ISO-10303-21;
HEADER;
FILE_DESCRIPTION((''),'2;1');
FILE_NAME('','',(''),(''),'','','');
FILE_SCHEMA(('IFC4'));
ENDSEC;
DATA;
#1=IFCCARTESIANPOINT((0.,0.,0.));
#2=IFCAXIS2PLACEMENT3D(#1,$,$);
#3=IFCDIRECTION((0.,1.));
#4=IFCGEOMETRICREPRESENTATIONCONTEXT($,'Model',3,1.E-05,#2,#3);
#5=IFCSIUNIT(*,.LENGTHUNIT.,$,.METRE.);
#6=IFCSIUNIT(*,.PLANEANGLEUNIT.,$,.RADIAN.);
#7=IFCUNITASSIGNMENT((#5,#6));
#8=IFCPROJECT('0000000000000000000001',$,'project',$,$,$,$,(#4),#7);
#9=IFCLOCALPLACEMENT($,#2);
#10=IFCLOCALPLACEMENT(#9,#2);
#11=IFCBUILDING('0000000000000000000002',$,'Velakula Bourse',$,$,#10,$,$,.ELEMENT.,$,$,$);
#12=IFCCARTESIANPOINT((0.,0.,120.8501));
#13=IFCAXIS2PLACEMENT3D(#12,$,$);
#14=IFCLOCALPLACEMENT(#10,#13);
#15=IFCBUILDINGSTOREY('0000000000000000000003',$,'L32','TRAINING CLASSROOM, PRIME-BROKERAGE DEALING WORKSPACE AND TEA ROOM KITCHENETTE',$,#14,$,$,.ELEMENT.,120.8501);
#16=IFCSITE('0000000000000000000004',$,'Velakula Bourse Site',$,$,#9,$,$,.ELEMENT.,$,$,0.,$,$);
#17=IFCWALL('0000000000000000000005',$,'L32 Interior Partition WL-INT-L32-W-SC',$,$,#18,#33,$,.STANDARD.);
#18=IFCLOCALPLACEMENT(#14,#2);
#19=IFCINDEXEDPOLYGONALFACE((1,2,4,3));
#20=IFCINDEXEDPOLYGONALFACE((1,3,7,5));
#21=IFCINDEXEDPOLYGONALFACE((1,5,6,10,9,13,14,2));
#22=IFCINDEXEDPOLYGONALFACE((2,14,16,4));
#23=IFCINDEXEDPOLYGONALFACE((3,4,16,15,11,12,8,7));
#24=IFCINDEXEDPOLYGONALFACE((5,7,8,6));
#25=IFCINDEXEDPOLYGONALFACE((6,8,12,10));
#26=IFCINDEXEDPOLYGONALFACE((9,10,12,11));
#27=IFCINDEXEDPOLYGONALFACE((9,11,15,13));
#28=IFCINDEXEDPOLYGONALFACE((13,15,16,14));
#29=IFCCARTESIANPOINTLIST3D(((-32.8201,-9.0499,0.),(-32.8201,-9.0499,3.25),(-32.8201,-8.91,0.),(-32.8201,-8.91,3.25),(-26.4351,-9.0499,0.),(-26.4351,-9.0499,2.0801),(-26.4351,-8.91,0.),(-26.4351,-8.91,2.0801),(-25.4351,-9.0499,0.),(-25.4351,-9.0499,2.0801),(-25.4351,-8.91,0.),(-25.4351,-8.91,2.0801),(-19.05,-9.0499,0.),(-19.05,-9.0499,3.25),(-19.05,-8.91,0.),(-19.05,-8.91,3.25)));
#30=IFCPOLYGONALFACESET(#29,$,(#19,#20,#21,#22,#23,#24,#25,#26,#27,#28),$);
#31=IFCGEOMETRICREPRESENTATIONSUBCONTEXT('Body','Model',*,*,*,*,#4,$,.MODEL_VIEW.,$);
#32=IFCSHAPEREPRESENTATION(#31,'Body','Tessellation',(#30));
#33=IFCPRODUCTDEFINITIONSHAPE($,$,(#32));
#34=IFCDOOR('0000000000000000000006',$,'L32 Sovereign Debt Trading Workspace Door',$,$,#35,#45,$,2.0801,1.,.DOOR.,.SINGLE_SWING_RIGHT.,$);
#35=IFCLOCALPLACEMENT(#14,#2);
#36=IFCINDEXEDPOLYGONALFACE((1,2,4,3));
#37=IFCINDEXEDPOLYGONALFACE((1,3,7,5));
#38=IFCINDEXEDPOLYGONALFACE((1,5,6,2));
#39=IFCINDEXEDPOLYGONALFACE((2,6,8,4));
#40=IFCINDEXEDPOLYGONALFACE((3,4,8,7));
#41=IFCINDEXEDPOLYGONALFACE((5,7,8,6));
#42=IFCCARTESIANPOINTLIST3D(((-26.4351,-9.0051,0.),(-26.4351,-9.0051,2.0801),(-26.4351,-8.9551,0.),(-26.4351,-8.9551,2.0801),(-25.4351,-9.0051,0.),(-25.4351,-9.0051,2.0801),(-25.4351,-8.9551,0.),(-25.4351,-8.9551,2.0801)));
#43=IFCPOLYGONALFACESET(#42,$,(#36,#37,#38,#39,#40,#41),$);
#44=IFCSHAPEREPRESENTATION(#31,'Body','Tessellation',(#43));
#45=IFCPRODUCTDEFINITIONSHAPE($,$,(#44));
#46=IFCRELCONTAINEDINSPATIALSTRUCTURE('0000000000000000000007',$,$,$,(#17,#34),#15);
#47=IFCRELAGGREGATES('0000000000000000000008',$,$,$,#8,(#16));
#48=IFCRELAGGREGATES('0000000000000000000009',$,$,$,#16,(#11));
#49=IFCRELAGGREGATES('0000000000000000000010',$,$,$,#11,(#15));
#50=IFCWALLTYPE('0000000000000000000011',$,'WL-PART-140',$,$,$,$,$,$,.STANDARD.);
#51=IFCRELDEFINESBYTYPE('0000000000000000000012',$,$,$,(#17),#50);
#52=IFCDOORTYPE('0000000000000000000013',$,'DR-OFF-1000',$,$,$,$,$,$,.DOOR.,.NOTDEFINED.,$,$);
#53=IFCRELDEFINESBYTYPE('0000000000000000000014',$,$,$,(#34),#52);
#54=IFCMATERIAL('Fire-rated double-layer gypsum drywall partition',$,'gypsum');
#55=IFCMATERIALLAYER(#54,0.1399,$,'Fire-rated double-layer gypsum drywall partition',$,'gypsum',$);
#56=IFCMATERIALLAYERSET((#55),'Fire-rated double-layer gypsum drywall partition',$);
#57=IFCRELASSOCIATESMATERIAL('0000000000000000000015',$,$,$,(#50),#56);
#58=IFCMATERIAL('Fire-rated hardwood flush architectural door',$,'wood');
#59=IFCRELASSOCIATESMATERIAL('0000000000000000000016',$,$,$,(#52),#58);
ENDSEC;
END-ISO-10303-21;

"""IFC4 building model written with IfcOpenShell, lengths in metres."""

from ifc_helpers import new_model, si_unit, direction, frame, frame_2d, origin, place, context, subcontext, project, spatial, rectangle, extrude, material, layer, layer_set, type_object, element, fill, save


model = new_model("IFC4")

# Units and contexts
model_context = context("Model", 3, precision=1e-05, world=origin(), true_north=direction((0.0, 1.0)))
body_context = subcontext(model_context, "Body", "Model", "MODEL_VIEW")
ifc_project = project(units=[si_unit("LENGTHUNIT", "METRE"), si_unit("PLANEANGLEUNIT", "RADIAN")], contexts=[model_context])

# Site, building, storey
site_placement = place(None, origin())
site = spatial("IfcSite", under=ifc_project, at=site_placement, Name="Velakula Bourse Site", CompositionType="ELEMENT", RefElevation=0.0)
building_placement = place(site_placement, origin())
building = spatial("IfcBuilding", under=site, at=building_placement, Name="Velakula Bourse", CompositionType="ELEMENT")
storey_placement = place(building_placement, frame((0.0, 0.0, 120.8501)))
storey = spatial("IfcBuildingStorey", under=building, at=storey_placement, Name="L32", Description="TRAINING CLASSROOM, PRIME-BROKERAGE DEALING WORKSPACE AND TEA ROOM KITCHENETTE", CompositionType="ELEMENT", Elevation=120.8501)

# Shared definitions
ifc_material_1 = material(Name="Fire-rated double-layer gypsum drywall partition", Category="gypsum")
ifc_layer_1 = layer(ifc_material_1, 0.1399, Name="Fire-rated double-layer gypsum drywall partition", Category="gypsum")
ifc_layer_set_1 = layer_set([ifc_layer_1], Name="Fire-rated double-layer gypsum drywall partition")
wall_type_1 = type_object("IfcWallType", Name="WL-PART-140", PredefinedType="STANDARD", material=ifc_layer_set_1)
ifc_material_2 = material(Name="Fire-rated hardwood flush architectural door", Category="wood")
door_type_1 = type_object("IfcDoorType", Name="DR-OFF-1000", OperationType="NOTDEFINED", PredefinedType="DOOR", material=ifc_material_2)

# Wall, opening, door
wall_1_placement = place(storey_placement, frame((-32.8201, -8.98, 0.0), z_axis=(0.0, 0.0, 1.0), x_axis=(1.0, 0.0, 0.0)))
wall_1 = element("IfcWall", 1, at=wall_1_placement, inside=storey, type_object=wall_type_1, Name="L32 Interior Partition WL-INT-L32-W-SC", PredefinedType="STANDARD", context=body_context, shape_type="SweptSolid", body=[
    extrude(rectangle(XDim=13.77, YDim=0.1399, at=frame_2d((6.885, 0.0))), origin(), (0.0, 0.0, 1.0), 3.25),
])
opening_1_placement = place(wall_1_placement, frame((6.385, 0.0, 0.0)))
opening_1 = element("IfcOpeningElement", 2, at=opening_1_placement, cuts=wall_1, PredefinedType="OPENING", context=body_context, shape_type="SweptSolid", body=[
    extrude(rectangle(XDim=1.0, YDim=2.0801, at=frame_2d((0.5, 1.04))), frame((0.0, 0.0798, 0.0), z_axis=(0.0, -1.0, 0.0), x_axis=(1.0, 0.0, 0.0)), (0.0, 0.0, 1.0), 0.1599),
])
door_1_placement = place(opening_1_placement, origin())
door_1 = element("IfcDoor", 3, at=door_1_placement, inside=storey, type_object=door_type_1, Name="L32 Sovereign Debt Trading Workspace Door", OperationType="SINGLE_SWING_RIGHT", OverallHeight=2.0801, OverallWidth=1.0, PredefinedType="DOOR", context=body_context, shape_type="SweptSolid", body=[
    extrude(rectangle(XDim=1.0, YDim=2.0801, at=frame_2d((0.5, 1.04))), frame((0.0, 0.0249, 0.0), z_axis=(0.0, -1.0, 0.0), x_axis=(1.0, 0.0, 0.0)), (0.0, 0.0, 1.0), 0.05),
])
fill(opening_1, door_1)

save(model, "model.ifc")
